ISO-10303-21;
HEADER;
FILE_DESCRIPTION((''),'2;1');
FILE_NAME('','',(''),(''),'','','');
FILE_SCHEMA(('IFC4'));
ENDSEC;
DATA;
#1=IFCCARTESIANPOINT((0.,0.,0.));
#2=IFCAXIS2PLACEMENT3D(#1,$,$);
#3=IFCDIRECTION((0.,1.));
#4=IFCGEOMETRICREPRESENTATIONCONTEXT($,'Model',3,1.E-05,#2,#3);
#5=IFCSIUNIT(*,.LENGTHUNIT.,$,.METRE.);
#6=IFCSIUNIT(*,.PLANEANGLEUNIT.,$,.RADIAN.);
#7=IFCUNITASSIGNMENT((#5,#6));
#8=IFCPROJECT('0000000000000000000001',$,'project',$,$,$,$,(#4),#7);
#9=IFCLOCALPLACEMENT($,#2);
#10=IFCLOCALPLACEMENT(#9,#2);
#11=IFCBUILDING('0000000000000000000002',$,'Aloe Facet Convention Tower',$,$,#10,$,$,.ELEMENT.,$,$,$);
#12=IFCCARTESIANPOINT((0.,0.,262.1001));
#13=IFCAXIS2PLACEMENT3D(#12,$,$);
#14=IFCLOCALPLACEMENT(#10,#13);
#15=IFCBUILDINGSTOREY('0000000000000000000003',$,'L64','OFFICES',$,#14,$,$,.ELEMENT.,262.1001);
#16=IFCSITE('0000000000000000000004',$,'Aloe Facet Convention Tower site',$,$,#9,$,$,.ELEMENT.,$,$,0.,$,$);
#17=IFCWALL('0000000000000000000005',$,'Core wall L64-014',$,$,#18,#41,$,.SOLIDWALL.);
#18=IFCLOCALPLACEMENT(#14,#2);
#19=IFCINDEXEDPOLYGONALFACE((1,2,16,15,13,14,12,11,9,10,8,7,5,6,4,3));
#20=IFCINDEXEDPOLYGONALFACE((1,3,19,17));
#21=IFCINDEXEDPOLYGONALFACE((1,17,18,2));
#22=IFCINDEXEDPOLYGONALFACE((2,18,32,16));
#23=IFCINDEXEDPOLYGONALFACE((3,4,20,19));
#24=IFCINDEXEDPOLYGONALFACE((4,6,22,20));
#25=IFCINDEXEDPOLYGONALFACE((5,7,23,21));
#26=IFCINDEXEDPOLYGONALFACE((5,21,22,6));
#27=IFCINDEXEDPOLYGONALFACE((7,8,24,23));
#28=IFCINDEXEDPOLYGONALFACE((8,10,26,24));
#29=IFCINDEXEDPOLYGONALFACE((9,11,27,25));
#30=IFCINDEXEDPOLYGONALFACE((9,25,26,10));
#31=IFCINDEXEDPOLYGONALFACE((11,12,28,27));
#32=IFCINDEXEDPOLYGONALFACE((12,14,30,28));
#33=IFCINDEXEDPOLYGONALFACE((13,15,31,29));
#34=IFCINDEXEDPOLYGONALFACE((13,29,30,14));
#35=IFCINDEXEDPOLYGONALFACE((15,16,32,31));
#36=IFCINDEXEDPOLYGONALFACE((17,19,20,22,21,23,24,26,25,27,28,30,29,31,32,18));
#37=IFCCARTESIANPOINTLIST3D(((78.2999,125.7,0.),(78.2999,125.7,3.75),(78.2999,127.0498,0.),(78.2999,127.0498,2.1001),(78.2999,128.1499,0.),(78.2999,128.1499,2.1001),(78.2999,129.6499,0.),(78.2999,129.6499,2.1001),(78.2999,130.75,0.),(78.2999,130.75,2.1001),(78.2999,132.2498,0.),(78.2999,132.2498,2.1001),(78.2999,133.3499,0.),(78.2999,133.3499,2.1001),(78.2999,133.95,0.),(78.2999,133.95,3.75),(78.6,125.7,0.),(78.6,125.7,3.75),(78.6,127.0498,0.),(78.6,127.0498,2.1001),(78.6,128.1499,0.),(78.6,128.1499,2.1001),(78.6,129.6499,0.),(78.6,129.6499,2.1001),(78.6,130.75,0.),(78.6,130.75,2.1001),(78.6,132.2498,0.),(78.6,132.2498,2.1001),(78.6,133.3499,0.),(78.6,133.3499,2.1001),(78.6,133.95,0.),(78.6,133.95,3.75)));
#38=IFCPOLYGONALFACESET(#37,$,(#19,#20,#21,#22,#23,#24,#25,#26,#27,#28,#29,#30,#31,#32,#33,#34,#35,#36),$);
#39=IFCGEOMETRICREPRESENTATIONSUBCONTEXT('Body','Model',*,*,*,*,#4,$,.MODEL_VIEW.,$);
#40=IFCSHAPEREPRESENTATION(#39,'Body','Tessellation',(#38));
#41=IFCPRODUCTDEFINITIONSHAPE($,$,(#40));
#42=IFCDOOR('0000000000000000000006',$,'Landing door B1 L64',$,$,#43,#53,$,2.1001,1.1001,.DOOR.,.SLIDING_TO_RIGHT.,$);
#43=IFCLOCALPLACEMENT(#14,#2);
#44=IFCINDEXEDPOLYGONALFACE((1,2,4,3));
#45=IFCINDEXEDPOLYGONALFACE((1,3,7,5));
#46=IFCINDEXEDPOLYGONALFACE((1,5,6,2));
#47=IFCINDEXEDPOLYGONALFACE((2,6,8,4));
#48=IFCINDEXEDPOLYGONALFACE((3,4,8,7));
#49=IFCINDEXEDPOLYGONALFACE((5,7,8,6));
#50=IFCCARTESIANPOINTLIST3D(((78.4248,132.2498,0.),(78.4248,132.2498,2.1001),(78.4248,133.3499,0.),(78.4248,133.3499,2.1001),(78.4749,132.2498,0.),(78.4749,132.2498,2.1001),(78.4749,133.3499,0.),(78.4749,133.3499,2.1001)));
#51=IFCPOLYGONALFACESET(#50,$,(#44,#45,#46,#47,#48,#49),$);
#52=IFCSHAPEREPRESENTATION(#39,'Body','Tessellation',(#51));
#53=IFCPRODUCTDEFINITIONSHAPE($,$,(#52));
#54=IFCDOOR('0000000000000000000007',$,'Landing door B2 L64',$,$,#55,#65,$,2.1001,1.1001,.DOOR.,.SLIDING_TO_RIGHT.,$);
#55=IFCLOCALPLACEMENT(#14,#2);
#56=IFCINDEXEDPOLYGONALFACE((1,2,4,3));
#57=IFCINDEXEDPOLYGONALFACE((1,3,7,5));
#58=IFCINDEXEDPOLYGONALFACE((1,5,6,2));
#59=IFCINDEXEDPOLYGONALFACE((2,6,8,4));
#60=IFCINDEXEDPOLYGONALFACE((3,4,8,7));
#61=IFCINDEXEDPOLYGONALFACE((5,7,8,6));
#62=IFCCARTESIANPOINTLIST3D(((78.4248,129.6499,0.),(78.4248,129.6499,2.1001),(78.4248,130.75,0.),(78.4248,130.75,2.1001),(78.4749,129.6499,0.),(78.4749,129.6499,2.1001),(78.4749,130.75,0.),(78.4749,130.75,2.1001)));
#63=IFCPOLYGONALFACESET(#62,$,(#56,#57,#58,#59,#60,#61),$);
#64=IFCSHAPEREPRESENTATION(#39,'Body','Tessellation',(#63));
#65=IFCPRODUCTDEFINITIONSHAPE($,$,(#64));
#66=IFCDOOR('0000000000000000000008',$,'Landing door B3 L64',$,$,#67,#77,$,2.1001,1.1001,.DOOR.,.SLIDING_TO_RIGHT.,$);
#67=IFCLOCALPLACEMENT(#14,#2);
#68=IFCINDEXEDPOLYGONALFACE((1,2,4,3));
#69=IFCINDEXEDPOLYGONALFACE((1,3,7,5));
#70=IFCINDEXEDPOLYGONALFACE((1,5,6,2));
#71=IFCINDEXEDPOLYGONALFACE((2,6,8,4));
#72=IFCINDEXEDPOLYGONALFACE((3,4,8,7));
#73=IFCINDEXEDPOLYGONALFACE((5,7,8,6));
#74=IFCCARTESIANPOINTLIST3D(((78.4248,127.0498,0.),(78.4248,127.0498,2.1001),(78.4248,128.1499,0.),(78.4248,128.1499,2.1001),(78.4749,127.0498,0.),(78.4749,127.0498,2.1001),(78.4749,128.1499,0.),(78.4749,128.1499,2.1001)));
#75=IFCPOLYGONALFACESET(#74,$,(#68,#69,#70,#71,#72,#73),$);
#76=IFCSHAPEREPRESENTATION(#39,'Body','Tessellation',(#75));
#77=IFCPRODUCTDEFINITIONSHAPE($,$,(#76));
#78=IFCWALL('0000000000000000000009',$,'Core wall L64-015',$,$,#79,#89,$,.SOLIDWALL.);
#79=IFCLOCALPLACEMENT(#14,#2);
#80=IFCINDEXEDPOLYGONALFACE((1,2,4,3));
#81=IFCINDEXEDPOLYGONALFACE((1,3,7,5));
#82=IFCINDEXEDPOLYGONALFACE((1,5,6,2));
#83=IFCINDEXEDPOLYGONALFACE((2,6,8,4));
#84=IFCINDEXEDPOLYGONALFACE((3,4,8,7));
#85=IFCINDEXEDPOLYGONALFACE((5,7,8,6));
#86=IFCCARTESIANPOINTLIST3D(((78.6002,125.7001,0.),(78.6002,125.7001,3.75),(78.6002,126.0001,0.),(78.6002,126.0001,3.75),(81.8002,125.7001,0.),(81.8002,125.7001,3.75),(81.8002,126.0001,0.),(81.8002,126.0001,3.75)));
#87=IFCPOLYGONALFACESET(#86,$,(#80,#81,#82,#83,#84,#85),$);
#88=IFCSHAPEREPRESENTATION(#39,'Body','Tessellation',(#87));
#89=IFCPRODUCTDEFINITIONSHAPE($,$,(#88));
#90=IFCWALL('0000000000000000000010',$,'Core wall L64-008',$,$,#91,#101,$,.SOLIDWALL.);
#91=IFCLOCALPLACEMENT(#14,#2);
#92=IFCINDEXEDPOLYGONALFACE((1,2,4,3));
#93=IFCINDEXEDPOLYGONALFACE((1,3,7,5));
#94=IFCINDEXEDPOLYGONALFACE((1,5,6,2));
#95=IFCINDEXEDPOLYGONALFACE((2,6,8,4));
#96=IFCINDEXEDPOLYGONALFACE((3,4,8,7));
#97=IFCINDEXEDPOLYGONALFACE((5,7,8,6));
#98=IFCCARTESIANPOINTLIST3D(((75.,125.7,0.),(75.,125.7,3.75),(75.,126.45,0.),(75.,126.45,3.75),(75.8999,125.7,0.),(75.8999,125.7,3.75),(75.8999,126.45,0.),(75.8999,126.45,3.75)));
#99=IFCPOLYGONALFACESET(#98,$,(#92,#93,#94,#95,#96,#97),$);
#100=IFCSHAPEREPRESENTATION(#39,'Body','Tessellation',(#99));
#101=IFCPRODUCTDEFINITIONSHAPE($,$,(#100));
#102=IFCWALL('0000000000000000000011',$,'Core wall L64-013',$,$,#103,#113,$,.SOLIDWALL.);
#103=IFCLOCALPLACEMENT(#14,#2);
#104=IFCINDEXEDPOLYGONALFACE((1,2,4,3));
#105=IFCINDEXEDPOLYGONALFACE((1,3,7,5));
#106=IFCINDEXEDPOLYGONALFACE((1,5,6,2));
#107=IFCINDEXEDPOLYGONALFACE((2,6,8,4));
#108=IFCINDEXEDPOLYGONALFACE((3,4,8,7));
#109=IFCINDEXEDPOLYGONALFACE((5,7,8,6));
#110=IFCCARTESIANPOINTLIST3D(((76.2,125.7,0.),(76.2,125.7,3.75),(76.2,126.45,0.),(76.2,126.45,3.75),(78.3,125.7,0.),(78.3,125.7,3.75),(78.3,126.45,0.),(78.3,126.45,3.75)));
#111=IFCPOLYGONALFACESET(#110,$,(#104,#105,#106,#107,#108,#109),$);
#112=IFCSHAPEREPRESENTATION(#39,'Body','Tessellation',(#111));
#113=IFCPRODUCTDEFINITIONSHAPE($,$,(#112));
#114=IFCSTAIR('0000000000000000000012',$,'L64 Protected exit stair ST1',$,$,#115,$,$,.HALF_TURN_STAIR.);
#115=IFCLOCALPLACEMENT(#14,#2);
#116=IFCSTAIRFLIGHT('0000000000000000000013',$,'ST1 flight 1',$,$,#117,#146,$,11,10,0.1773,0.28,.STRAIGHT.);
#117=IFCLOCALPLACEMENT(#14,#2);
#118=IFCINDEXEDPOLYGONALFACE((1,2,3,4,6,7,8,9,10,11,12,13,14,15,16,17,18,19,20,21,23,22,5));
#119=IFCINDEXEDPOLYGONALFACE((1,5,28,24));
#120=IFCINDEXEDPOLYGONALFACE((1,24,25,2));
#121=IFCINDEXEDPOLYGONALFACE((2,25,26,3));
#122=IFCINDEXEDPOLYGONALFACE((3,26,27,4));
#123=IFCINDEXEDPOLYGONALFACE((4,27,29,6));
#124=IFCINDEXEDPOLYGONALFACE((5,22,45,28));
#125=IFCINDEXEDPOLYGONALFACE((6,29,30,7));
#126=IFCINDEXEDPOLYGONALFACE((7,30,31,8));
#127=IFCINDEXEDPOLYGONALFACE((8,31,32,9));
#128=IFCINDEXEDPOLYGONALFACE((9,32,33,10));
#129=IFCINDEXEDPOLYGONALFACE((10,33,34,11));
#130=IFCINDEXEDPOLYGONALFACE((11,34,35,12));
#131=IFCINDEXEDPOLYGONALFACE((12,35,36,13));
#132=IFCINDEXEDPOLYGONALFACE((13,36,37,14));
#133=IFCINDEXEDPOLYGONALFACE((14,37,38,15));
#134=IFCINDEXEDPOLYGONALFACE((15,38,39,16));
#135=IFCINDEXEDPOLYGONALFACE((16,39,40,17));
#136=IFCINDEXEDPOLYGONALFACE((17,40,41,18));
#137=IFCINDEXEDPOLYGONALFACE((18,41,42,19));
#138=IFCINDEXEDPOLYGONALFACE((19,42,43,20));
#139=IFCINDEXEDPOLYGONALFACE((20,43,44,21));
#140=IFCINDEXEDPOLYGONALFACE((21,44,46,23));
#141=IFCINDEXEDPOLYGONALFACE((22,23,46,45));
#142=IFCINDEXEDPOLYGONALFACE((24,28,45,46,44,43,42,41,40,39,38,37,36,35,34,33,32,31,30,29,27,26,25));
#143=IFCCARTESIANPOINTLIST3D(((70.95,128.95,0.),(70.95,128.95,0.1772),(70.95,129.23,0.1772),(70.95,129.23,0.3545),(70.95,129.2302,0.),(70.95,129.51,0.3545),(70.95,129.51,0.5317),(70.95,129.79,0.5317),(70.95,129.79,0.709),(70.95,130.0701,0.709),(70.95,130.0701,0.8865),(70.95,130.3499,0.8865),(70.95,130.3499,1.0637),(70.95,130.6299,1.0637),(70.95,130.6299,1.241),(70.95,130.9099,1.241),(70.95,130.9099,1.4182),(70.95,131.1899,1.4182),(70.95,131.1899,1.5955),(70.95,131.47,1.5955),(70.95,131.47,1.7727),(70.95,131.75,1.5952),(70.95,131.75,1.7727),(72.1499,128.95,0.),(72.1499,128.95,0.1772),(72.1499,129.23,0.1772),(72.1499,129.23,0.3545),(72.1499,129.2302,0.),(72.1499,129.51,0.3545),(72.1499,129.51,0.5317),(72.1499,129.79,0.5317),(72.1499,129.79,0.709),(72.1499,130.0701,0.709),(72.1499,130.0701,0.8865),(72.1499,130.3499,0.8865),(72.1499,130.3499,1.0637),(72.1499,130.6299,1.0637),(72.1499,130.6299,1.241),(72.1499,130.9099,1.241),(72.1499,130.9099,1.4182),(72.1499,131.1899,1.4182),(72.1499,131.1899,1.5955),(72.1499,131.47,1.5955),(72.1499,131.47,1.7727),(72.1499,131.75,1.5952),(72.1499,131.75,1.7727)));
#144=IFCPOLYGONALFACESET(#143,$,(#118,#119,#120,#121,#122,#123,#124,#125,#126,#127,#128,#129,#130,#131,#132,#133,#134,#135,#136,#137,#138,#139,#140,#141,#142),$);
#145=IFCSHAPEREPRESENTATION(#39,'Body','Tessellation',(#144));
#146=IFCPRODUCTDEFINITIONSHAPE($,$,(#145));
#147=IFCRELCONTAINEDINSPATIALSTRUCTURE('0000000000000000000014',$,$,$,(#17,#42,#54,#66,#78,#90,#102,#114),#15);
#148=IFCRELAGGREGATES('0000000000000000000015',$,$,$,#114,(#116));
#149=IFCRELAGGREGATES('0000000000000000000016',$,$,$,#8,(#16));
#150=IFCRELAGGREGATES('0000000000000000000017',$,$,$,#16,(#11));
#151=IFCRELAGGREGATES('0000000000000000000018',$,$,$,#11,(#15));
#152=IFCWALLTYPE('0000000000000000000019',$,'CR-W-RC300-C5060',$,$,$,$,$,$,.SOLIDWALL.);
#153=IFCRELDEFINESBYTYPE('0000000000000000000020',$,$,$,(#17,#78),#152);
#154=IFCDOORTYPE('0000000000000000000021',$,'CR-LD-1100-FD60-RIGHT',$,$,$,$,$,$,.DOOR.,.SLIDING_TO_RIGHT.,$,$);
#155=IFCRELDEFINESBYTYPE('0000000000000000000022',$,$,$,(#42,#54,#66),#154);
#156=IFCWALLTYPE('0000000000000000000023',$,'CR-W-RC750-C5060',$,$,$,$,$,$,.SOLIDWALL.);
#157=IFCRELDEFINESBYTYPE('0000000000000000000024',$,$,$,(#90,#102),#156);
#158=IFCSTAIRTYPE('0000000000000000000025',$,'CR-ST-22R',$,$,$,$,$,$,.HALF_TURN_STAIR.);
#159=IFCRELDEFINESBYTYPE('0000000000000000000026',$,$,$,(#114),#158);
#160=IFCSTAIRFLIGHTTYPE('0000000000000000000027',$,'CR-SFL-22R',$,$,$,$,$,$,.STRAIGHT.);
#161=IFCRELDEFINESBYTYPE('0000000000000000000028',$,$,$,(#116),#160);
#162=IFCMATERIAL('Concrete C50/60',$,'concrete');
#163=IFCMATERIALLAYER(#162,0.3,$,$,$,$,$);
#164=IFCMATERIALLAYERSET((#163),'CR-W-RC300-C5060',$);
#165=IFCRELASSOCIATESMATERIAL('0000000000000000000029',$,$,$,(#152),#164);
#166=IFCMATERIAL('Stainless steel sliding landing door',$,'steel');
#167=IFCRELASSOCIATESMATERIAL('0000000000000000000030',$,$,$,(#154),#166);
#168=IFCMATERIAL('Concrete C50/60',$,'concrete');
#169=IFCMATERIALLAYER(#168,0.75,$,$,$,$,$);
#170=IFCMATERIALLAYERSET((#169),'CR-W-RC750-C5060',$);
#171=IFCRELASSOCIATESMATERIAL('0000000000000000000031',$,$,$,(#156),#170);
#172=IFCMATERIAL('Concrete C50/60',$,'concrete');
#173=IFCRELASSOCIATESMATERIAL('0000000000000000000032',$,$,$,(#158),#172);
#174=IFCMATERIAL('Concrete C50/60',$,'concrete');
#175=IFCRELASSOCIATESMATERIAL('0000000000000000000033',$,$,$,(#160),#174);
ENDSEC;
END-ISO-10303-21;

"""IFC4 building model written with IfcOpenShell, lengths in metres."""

from ifc_helpers import new_model, si_unit, direction, frame, frame_2d, origin, place, context, subcontext, project, spatial, polyline, rectangle, outline, extrude, material, layer, layer_set, type_object, element, fill, aggregate, save


model = new_model("IFC4")

# Units and contexts
model_context = context("Model", 3, precision=1e-05, world=origin(), true_north=direction((0.0, 1.0)))
body_context = subcontext(model_context, "Body", "Model", "MODEL_VIEW")
ifc_project = project(units=[si_unit("LENGTHUNIT", "METRE"), si_unit("PLANEANGLEUNIT", "RADIAN")], contexts=[model_context])

# Site, building, storey
site_placement = place(None, origin())
site = spatial("IfcSite", under=ifc_project, at=site_placement, Name="Aloe Facet Convention Tower site", CompositionType="ELEMENT", RefElevation=0.0)
building_placement = place(site_placement, origin())
building = spatial("IfcBuilding", under=site, at=building_placement, Name="Aloe Facet Convention Tower", CompositionType="ELEMENT")
storey_placement = place(building_placement, frame((0.0, 0.0, 262.1001)))
storey = spatial("IfcBuildingStorey", under=building, at=storey_placement, Name="L64", Description="OFFICES", CompositionType="ELEMENT", Elevation=262.1001)

# Shared definitions
ifc_material_1 = material(Name="Concrete C50/60", Category="concrete")
ifc_layer_1 = layer(ifc_material_1, 0.3)
ifc_layer_set_1 = layer_set([ifc_layer_1], Name="CR-W-RC300-C5060")
wall_type_1 = type_object("IfcWallType", Name="CR-W-RC300-C5060", PredefinedType="SOLIDWALL", material=ifc_layer_set_1)

# Wall, openings, doors
wall_1_placement = place(storey_placement, frame((78.45, 133.95, 0.0), z_axis=(0.0, 0.0, 1.0), x_axis=(0.0, -1.0, 0.0)))
wall_1 = element("IfcWall", 1, at=wall_1_placement, inside=storey, type_object=wall_type_1, Name="Core wall L64-014", PredefinedType="SOLIDWALL", context=body_context, shape_type="SweptSolid", body=[
    extrude(rectangle(XDim=8.25, YDim=0.3, at=frame_2d((4.125, 0.0))), origin(), (0.0, 0.0, 1.0), 3.75),
])
opening_1_placement = place(wall_1_placement, frame((0.6001, 0.0, 0.0)))
opening_1 = element("IfcOpeningElement", 2, at=opening_1_placement, cuts=wall_1, PredefinedType="OPENING", context=body_context, shape_type="SweptSolid", body=[
    extrude(rectangle(XDim=1.1001, YDim=2.1001, at=frame_2d((0.55, 1.05))), frame((0.0, 0.1602, 0.0), z_axis=(0.0, -1.0, 0.0), x_axis=(1.0, 0.0, 0.0)), (0.0, 0.0, 1.0), 0.3201),
])
opening_2_placement = place(wall_1_placement, frame((3.2, 0.0, 0.0)))
opening_2 = element("IfcOpeningElement", 3, at=opening_2_placement, cuts=wall_1, PredefinedType="OPENING", context=body_context, shape_type="SweptSolid", body=[
    extrude(rectangle(XDim=1.1001, YDim=2.1001, at=frame_2d((0.55, 1.05))), frame((0.0, 0.1602, 0.0), z_axis=(0.0, -1.0, 0.0), x_axis=(1.0, 0.0, 0.0)), (0.0, 0.0, 1.0), 0.3201),
])
opening_3_placement = place(wall_1_placement, frame((5.8, 0.0, 0.0)))
opening_3 = element("IfcOpeningElement", 4, at=opening_3_placement, cuts=wall_1, PredefinedType="OPENING", context=body_context, shape_type="SweptSolid", body=[
    extrude(rectangle(XDim=1.1001, YDim=2.1001, at=frame_2d((0.55, 1.05))), frame((0.0, 0.1602, 0.0), z_axis=(0.0, -1.0, 0.0), x_axis=(1.0, 0.0, 0.0)), (0.0, 0.0, 1.0), 0.3201),
])
ifc_material_2 = material(Name="Stainless steel sliding landing door", Category="steel")
door_type_1 = type_object("IfcDoorType", Name="CR-LD-1100-FD60-RIGHT", OperationType="SLIDING_TO_RIGHT", PredefinedType="DOOR", material=ifc_material_2)
door_1_placement = place(opening_1_placement, origin())
door_1 = element("IfcDoor", 5, at=door_1_placement, inside=storey, type_object=door_type_1, Name="Landing door B1 L64", OperationType="SLIDING_TO_RIGHT", OverallHeight=2.1001, OverallWidth=1.1001, PredefinedType="DOOR", context=body_context, shape_type="SweptSolid", body=[
    extrude(rectangle(XDim=1.1001, YDim=2.1001, at=frame_2d((0.55, 1.05))), frame((0.0, 0.0249, 0.0), z_axis=(0.0, -1.0, 0.0), x_axis=(1.0, 0.0, 0.0)), (0.0, 0.0, 1.0), 0.05),
])
fill(opening_1, door_1)
door_2_placement = place(opening_2_placement, origin())
door_2 = element("IfcDoor", 6, at=door_2_placement, inside=storey, type_object=door_type_1, Name="Landing door B2 L64", OperationType="SLIDING_TO_RIGHT", OverallHeight=2.1001, OverallWidth=1.1001, PredefinedType="DOOR", context=body_context, shape_type="SweptSolid", body=[
    extrude(rectangle(XDim=1.1001, YDim=2.1001, at=frame_2d((0.55, 1.05))), frame((0.0, 0.0249, 0.0), z_axis=(0.0, -1.0, 0.0), x_axis=(1.0, 0.0, 0.0)), (0.0, 0.0, 1.0), 0.05),
])
fill(opening_2, door_2)
door_3_placement = place(opening_3_placement, origin())
door_3 = element("IfcDoor", 7, at=door_3_placement, inside=storey, type_object=door_type_1, Name="Landing door B3 L64", OperationType="SLIDING_TO_RIGHT", OverallHeight=2.1001, OverallWidth=1.1001, PredefinedType="DOOR", context=body_context, shape_type="SweptSolid", body=[
    extrude(rectangle(XDim=1.1001, YDim=2.1001, at=frame_2d((0.55, 1.05))), frame((0.0, 0.0249, 0.0), z_axis=(0.0, -1.0, 0.0), x_axis=(1.0, 0.0, 0.0)), (0.0, 0.0, 1.0), 0.05),
])
fill(opening_3, door_3)

# Walls
wall_2_placement = place(storey_placement, frame((78.6001, 125.8501, 0.0), z_axis=(0.0, 0.0, 1.0), x_axis=(1.0, 0.0, 0.0)))
element("IfcWall", 8, at=wall_2_placement, inside=storey, type_object=wall_type_1, Name="Core wall L64-015", PredefinedType="SOLIDWALL", context=body_context, shape_type="SweptSolid", body=[
    extrude(rectangle(XDim=3.2, YDim=0.3, at=frame_2d((1.6001, 0.0))), origin(), (0.0, 0.0, 1.0), 3.75),
])
ifc_material_3 = material(Name="Concrete C50/60", Category="concrete")
ifc_layer_2 = layer(ifc_material_3, 0.75)
ifc_layer_set_2 = layer_set([ifc_layer_2], Name="CR-W-RC750-C5060")
wall_type_2 = type_object("IfcWallType", Name="CR-W-RC750-C5060", PredefinedType="SOLIDWALL", material=ifc_layer_set_2)
wall_3_placement = place(storey_placement, frame((75.0, 126.075, 0.0), z_axis=(0.0, 0.0, 1.0), x_axis=(1.0, 0.0, 0.0)))
element("IfcWall", 9, at=wall_3_placement, inside=storey, type_object=wall_type_2, Name="Core wall L64-008", PredefinedType="SOLIDWALL", context=body_context, shape_type="SweptSolid", body=[
    extrude(rectangle(XDim=0.8999, YDim=0.75, at=frame_2d((0.45, 0.0))), origin(), (0.0, 0.0, 1.0), 3.75),
])
wall_4_placement = place(storey_placement, frame((76.2, 126.075, 0.0), z_axis=(0.0, 0.0, 1.0), x_axis=(1.0, 0.0, 0.0)))
element("IfcWall", 10, at=wall_4_placement, inside=storey, type_object=wall_type_2, Name="Core wall L64-013", PredefinedType="SOLIDWALL", context=body_context, shape_type="SweptSolid", body=[
    extrude(rectangle(XDim=2.1001, YDim=0.75, at=frame_2d((1.05, 0.0))), origin(), (0.0, 0.0, 1.0), 3.75),
])

# Stair, stair flight
ifc_material_4 = material(Name="Concrete C50/60", Category="concrete")
stair_type = type_object("IfcStairType", Name="CR-ST-22R", PredefinedType="HALF_TURN_STAIR", material=ifc_material_4)
stair_1_placement = place(storey_placement, origin())
stair_1 = element("IfcStair", 11, at=stair_1_placement, inside=storey, type_object=stair_type, Name="L64 Protected exit stair ST1", PredefinedType="HALF_TURN_STAIR")
ifc_material_5 = material(Name="Concrete C50/60", Category="concrete")
stair_flight_type = type_object("IfcStairFlightType", Name="CR-SFL-22R", PredefinedType="STRAIGHT", material=ifc_material_5)
stair_flight_1_placement = place(storey_placement, frame((71.55, 128.95, 0.0), z_axis=(0.0, 0.0, 1.0), x_axis=(0.0, 1.0, 0.0)))
stair_flight_1 = element("IfcStairFlight", 12, at=stair_flight_1_placement, type_object=stair_flight_type, Name="ST1 flight 1", NumberOfRisers=11, NumberOfTreads=10, PredefinedType="STRAIGHT", RiserHeight=0.1773, TreadLength=0.28, context=body_context, shape_type="SweptSolid", body=[
    extrude(outline(polyline([(0.0, 0.0), (0.0, 0.1772), (0.28, 0.1772), (0.28, 0.3545), (0.5601, 0.3545), (0.5601, 0.5317), (0.8401, 0.5317), (0.8401, 0.709), (1.1201, 0.709), (1.1201, 0.8865), (1.3999, 0.8865), (1.3999, 1.0637), (1.6799, 1.0637), (1.6799, 1.241), (1.96, 1.241), (1.96, 1.4182), (2.24, 1.4182), (2.24, 1.5955), (2.52, 1.5955), (2.52, 1.7727), (2.8, 1.7727), (2.8, 1.95), (2.8, 1.5952), (0.2803, 0.0), (0.0, 0.0)])), frame((0.0, 0.6001, 0.0), z_axis=(0.0, -1.0, 0.0), x_axis=(1.0, 0.0, 0.0)), (0.0, 0.0, 1.0), 1.2),
])
aggregate(stair_1, [stair_flight_1])

save(model, "model.ifc")
